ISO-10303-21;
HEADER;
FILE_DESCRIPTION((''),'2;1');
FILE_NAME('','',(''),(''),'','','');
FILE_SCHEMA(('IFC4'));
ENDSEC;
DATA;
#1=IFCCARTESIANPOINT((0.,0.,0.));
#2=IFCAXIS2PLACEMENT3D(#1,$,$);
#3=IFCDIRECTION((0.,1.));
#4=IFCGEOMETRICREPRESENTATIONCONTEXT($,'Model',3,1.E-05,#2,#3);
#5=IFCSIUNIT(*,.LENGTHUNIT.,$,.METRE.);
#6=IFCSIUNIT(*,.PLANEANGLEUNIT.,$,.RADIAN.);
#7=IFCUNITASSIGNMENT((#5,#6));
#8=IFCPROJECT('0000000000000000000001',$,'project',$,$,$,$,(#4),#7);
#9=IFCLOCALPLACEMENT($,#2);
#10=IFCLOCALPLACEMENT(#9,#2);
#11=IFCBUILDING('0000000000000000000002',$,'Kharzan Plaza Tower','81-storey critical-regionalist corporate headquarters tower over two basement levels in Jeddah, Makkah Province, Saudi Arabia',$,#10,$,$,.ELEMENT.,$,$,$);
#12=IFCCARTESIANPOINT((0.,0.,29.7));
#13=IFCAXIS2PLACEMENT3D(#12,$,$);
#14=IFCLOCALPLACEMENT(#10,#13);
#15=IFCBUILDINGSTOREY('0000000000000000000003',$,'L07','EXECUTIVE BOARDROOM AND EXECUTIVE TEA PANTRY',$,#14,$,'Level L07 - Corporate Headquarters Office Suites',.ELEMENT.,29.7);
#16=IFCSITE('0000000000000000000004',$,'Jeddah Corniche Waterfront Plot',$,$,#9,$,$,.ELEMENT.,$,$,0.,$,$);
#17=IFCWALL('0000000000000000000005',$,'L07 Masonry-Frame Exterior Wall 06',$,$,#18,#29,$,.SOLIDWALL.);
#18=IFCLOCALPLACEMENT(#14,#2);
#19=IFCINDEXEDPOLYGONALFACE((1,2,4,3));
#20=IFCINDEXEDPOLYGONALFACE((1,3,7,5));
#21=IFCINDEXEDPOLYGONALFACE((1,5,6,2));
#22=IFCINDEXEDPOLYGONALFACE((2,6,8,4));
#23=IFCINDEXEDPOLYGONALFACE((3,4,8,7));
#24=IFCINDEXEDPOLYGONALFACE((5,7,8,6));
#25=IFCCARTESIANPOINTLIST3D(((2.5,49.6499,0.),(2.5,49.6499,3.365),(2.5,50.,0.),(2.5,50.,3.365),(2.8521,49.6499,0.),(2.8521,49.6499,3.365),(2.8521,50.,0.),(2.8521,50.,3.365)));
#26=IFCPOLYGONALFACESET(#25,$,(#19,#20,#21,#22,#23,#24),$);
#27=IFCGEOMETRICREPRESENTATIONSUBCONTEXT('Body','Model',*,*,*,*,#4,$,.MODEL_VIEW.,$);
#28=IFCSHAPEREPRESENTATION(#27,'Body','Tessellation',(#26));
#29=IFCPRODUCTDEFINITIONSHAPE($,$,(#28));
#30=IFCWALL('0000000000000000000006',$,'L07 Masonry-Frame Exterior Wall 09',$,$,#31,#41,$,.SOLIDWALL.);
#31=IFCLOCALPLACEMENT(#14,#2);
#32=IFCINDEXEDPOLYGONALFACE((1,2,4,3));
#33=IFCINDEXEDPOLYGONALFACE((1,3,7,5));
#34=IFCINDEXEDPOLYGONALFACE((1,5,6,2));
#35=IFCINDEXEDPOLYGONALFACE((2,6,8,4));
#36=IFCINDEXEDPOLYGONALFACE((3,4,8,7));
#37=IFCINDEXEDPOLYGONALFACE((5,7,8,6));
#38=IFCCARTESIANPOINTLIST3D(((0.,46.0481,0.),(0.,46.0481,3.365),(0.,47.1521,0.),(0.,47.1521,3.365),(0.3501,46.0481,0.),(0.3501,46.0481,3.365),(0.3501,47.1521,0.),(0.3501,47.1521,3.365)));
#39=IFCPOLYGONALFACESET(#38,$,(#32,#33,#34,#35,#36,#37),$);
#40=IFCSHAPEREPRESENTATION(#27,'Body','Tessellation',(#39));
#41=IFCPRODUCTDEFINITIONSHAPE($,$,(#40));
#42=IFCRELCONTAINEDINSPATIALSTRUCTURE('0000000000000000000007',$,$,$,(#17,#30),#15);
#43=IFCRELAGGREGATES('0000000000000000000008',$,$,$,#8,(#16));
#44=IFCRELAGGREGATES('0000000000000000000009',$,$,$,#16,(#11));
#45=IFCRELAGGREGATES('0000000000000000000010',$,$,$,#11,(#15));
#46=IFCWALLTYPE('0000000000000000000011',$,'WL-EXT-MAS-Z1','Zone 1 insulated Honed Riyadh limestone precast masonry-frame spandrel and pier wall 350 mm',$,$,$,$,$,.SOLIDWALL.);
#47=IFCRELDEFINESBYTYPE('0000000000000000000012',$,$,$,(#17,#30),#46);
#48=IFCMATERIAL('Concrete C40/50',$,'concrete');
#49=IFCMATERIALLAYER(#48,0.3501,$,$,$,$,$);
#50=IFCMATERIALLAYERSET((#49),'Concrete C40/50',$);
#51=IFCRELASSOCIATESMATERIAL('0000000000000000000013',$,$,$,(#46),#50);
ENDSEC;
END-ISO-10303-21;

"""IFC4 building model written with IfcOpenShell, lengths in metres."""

from ifc_helpers import new_model, si_unit, direction, frame, frame_2d, origin, place, context, subcontext, project, spatial, rectangle, extrude, source, transform, mapped, material, layer, layer_set, type_object, element, save


model = new_model("IFC4")

# Units and contexts
model_context = context("Model", 3, precision=1e-05, world=origin(), true_north=direction((0.0, 1.0)))
body_context = subcontext(model_context, "Body", "Model", "MODEL_VIEW")
ifc_project = project(units=[si_unit("LENGTHUNIT", "METRE"), si_unit("PLANEANGLEUNIT", "RADIAN")], contexts=[model_context])

# Site, building, storey
site_placement = place(None, origin())
site = spatial("IfcSite", under=ifc_project, at=site_placement, Name="Jeddah Corniche Waterfront Plot", CompositionType="ELEMENT", RefElevation=0.0)
building_placement = place(site_placement, origin())
building = spatial("IfcBuilding", under=site, at=building_placement, Name="Kharzan Plaza Tower", Description="81-storey critical-regionalist corporate headquarters tower over two basement levels in Jeddah, Makkah Province, Saudi Arabia", CompositionType="ELEMENT")
storey_placement = place(building_placement, frame((0.0, 0.0, 29.7)))
storey = spatial("IfcBuildingStorey", under=building, at=storey_placement, Name="L07", Description="EXECUTIVE BOARDROOM AND EXECUTIVE TEA PANTRY", LongName="Level L07 - Corporate Headquarters Office Suites", CompositionType="ELEMENT", Elevation=29.7)

# Shared definitions
ifc_material_1 = material(Name="Concrete C40/50", Category="concrete")
ifc_layer = layer(ifc_material_1, 0.3501)
ifc_layer_set = layer_set([ifc_layer], Name="Concrete C40/50")
wall_type = type_object("IfcWallType", Name="WL-EXT-MAS-Z1", Description="Zone 1 insulated Honed Riyadh limestone precast masonry-frame spandrel and pier wall 350 mm", PredefinedType="SOLIDWALL", material=ifc_layer_set)

# Walls
shared_shape_1 = source(origin(), body_context, "Body", "SweptSolid", [
    extrude(rectangle(XDim=0.3521, YDim=0.3501, at=frame_2d((0.176, 0.0))), origin(), (0.0, 0.0, 1.0), 3.365),
])
wall_1_placement = place(storey_placement, frame((2.8521, 49.825, 0.0), z_axis=(0.0, 0.0, 1.0), x_axis=(-1.0, 0.0, 0.0)))
element("IfcWall", 1, at=wall_1_placement, inside=storey, type_object=wall_type, Name="L07 Masonry-Frame Exterior Wall 06", PredefinedType="SOLIDWALL", context=body_context, shape_type="MappedRepresentation", body=[
    mapped(shared_shape_1, transform((0.0, 0.0, 0.0), x_axis=(1.0, 0.0, 0.0), y_axis=(0.0, 1.0, 0.0), z_axis=(0.0, 0.0, 1.0))),
])
shared_shape_2 = source(origin(), body_context, "Body", "SweptSolid", [
    extrude(rectangle(XDim=1.104, YDim=0.3501, at=frame_2d((0.552, 0.0))), origin(), (0.0, 0.0, 1.0), 3.365),
])
wall_2_placement = place(storey_placement, frame((0.175, 47.1521, 0.0), z_axis=(0.0, 0.0, 1.0), x_axis=(0.0, -1.0, 0.0)))
element("IfcWall", 2, at=wall_2_placement, inside=storey, type_object=wall_type, Name="L07 Masonry-Frame Exterior Wall 09", PredefinedType="SOLIDWALL", context=body_context, shape_type="MappedRepresentation", body=[
    mapped(shared_shape_2, transform((0.0, 0.0, 0.0), x_axis=(1.0, 0.0, 0.0), y_axis=(0.0, 1.0, 0.0), z_axis=(0.0, 0.0, 1.0))),
])

save(model, "model.ifc")
